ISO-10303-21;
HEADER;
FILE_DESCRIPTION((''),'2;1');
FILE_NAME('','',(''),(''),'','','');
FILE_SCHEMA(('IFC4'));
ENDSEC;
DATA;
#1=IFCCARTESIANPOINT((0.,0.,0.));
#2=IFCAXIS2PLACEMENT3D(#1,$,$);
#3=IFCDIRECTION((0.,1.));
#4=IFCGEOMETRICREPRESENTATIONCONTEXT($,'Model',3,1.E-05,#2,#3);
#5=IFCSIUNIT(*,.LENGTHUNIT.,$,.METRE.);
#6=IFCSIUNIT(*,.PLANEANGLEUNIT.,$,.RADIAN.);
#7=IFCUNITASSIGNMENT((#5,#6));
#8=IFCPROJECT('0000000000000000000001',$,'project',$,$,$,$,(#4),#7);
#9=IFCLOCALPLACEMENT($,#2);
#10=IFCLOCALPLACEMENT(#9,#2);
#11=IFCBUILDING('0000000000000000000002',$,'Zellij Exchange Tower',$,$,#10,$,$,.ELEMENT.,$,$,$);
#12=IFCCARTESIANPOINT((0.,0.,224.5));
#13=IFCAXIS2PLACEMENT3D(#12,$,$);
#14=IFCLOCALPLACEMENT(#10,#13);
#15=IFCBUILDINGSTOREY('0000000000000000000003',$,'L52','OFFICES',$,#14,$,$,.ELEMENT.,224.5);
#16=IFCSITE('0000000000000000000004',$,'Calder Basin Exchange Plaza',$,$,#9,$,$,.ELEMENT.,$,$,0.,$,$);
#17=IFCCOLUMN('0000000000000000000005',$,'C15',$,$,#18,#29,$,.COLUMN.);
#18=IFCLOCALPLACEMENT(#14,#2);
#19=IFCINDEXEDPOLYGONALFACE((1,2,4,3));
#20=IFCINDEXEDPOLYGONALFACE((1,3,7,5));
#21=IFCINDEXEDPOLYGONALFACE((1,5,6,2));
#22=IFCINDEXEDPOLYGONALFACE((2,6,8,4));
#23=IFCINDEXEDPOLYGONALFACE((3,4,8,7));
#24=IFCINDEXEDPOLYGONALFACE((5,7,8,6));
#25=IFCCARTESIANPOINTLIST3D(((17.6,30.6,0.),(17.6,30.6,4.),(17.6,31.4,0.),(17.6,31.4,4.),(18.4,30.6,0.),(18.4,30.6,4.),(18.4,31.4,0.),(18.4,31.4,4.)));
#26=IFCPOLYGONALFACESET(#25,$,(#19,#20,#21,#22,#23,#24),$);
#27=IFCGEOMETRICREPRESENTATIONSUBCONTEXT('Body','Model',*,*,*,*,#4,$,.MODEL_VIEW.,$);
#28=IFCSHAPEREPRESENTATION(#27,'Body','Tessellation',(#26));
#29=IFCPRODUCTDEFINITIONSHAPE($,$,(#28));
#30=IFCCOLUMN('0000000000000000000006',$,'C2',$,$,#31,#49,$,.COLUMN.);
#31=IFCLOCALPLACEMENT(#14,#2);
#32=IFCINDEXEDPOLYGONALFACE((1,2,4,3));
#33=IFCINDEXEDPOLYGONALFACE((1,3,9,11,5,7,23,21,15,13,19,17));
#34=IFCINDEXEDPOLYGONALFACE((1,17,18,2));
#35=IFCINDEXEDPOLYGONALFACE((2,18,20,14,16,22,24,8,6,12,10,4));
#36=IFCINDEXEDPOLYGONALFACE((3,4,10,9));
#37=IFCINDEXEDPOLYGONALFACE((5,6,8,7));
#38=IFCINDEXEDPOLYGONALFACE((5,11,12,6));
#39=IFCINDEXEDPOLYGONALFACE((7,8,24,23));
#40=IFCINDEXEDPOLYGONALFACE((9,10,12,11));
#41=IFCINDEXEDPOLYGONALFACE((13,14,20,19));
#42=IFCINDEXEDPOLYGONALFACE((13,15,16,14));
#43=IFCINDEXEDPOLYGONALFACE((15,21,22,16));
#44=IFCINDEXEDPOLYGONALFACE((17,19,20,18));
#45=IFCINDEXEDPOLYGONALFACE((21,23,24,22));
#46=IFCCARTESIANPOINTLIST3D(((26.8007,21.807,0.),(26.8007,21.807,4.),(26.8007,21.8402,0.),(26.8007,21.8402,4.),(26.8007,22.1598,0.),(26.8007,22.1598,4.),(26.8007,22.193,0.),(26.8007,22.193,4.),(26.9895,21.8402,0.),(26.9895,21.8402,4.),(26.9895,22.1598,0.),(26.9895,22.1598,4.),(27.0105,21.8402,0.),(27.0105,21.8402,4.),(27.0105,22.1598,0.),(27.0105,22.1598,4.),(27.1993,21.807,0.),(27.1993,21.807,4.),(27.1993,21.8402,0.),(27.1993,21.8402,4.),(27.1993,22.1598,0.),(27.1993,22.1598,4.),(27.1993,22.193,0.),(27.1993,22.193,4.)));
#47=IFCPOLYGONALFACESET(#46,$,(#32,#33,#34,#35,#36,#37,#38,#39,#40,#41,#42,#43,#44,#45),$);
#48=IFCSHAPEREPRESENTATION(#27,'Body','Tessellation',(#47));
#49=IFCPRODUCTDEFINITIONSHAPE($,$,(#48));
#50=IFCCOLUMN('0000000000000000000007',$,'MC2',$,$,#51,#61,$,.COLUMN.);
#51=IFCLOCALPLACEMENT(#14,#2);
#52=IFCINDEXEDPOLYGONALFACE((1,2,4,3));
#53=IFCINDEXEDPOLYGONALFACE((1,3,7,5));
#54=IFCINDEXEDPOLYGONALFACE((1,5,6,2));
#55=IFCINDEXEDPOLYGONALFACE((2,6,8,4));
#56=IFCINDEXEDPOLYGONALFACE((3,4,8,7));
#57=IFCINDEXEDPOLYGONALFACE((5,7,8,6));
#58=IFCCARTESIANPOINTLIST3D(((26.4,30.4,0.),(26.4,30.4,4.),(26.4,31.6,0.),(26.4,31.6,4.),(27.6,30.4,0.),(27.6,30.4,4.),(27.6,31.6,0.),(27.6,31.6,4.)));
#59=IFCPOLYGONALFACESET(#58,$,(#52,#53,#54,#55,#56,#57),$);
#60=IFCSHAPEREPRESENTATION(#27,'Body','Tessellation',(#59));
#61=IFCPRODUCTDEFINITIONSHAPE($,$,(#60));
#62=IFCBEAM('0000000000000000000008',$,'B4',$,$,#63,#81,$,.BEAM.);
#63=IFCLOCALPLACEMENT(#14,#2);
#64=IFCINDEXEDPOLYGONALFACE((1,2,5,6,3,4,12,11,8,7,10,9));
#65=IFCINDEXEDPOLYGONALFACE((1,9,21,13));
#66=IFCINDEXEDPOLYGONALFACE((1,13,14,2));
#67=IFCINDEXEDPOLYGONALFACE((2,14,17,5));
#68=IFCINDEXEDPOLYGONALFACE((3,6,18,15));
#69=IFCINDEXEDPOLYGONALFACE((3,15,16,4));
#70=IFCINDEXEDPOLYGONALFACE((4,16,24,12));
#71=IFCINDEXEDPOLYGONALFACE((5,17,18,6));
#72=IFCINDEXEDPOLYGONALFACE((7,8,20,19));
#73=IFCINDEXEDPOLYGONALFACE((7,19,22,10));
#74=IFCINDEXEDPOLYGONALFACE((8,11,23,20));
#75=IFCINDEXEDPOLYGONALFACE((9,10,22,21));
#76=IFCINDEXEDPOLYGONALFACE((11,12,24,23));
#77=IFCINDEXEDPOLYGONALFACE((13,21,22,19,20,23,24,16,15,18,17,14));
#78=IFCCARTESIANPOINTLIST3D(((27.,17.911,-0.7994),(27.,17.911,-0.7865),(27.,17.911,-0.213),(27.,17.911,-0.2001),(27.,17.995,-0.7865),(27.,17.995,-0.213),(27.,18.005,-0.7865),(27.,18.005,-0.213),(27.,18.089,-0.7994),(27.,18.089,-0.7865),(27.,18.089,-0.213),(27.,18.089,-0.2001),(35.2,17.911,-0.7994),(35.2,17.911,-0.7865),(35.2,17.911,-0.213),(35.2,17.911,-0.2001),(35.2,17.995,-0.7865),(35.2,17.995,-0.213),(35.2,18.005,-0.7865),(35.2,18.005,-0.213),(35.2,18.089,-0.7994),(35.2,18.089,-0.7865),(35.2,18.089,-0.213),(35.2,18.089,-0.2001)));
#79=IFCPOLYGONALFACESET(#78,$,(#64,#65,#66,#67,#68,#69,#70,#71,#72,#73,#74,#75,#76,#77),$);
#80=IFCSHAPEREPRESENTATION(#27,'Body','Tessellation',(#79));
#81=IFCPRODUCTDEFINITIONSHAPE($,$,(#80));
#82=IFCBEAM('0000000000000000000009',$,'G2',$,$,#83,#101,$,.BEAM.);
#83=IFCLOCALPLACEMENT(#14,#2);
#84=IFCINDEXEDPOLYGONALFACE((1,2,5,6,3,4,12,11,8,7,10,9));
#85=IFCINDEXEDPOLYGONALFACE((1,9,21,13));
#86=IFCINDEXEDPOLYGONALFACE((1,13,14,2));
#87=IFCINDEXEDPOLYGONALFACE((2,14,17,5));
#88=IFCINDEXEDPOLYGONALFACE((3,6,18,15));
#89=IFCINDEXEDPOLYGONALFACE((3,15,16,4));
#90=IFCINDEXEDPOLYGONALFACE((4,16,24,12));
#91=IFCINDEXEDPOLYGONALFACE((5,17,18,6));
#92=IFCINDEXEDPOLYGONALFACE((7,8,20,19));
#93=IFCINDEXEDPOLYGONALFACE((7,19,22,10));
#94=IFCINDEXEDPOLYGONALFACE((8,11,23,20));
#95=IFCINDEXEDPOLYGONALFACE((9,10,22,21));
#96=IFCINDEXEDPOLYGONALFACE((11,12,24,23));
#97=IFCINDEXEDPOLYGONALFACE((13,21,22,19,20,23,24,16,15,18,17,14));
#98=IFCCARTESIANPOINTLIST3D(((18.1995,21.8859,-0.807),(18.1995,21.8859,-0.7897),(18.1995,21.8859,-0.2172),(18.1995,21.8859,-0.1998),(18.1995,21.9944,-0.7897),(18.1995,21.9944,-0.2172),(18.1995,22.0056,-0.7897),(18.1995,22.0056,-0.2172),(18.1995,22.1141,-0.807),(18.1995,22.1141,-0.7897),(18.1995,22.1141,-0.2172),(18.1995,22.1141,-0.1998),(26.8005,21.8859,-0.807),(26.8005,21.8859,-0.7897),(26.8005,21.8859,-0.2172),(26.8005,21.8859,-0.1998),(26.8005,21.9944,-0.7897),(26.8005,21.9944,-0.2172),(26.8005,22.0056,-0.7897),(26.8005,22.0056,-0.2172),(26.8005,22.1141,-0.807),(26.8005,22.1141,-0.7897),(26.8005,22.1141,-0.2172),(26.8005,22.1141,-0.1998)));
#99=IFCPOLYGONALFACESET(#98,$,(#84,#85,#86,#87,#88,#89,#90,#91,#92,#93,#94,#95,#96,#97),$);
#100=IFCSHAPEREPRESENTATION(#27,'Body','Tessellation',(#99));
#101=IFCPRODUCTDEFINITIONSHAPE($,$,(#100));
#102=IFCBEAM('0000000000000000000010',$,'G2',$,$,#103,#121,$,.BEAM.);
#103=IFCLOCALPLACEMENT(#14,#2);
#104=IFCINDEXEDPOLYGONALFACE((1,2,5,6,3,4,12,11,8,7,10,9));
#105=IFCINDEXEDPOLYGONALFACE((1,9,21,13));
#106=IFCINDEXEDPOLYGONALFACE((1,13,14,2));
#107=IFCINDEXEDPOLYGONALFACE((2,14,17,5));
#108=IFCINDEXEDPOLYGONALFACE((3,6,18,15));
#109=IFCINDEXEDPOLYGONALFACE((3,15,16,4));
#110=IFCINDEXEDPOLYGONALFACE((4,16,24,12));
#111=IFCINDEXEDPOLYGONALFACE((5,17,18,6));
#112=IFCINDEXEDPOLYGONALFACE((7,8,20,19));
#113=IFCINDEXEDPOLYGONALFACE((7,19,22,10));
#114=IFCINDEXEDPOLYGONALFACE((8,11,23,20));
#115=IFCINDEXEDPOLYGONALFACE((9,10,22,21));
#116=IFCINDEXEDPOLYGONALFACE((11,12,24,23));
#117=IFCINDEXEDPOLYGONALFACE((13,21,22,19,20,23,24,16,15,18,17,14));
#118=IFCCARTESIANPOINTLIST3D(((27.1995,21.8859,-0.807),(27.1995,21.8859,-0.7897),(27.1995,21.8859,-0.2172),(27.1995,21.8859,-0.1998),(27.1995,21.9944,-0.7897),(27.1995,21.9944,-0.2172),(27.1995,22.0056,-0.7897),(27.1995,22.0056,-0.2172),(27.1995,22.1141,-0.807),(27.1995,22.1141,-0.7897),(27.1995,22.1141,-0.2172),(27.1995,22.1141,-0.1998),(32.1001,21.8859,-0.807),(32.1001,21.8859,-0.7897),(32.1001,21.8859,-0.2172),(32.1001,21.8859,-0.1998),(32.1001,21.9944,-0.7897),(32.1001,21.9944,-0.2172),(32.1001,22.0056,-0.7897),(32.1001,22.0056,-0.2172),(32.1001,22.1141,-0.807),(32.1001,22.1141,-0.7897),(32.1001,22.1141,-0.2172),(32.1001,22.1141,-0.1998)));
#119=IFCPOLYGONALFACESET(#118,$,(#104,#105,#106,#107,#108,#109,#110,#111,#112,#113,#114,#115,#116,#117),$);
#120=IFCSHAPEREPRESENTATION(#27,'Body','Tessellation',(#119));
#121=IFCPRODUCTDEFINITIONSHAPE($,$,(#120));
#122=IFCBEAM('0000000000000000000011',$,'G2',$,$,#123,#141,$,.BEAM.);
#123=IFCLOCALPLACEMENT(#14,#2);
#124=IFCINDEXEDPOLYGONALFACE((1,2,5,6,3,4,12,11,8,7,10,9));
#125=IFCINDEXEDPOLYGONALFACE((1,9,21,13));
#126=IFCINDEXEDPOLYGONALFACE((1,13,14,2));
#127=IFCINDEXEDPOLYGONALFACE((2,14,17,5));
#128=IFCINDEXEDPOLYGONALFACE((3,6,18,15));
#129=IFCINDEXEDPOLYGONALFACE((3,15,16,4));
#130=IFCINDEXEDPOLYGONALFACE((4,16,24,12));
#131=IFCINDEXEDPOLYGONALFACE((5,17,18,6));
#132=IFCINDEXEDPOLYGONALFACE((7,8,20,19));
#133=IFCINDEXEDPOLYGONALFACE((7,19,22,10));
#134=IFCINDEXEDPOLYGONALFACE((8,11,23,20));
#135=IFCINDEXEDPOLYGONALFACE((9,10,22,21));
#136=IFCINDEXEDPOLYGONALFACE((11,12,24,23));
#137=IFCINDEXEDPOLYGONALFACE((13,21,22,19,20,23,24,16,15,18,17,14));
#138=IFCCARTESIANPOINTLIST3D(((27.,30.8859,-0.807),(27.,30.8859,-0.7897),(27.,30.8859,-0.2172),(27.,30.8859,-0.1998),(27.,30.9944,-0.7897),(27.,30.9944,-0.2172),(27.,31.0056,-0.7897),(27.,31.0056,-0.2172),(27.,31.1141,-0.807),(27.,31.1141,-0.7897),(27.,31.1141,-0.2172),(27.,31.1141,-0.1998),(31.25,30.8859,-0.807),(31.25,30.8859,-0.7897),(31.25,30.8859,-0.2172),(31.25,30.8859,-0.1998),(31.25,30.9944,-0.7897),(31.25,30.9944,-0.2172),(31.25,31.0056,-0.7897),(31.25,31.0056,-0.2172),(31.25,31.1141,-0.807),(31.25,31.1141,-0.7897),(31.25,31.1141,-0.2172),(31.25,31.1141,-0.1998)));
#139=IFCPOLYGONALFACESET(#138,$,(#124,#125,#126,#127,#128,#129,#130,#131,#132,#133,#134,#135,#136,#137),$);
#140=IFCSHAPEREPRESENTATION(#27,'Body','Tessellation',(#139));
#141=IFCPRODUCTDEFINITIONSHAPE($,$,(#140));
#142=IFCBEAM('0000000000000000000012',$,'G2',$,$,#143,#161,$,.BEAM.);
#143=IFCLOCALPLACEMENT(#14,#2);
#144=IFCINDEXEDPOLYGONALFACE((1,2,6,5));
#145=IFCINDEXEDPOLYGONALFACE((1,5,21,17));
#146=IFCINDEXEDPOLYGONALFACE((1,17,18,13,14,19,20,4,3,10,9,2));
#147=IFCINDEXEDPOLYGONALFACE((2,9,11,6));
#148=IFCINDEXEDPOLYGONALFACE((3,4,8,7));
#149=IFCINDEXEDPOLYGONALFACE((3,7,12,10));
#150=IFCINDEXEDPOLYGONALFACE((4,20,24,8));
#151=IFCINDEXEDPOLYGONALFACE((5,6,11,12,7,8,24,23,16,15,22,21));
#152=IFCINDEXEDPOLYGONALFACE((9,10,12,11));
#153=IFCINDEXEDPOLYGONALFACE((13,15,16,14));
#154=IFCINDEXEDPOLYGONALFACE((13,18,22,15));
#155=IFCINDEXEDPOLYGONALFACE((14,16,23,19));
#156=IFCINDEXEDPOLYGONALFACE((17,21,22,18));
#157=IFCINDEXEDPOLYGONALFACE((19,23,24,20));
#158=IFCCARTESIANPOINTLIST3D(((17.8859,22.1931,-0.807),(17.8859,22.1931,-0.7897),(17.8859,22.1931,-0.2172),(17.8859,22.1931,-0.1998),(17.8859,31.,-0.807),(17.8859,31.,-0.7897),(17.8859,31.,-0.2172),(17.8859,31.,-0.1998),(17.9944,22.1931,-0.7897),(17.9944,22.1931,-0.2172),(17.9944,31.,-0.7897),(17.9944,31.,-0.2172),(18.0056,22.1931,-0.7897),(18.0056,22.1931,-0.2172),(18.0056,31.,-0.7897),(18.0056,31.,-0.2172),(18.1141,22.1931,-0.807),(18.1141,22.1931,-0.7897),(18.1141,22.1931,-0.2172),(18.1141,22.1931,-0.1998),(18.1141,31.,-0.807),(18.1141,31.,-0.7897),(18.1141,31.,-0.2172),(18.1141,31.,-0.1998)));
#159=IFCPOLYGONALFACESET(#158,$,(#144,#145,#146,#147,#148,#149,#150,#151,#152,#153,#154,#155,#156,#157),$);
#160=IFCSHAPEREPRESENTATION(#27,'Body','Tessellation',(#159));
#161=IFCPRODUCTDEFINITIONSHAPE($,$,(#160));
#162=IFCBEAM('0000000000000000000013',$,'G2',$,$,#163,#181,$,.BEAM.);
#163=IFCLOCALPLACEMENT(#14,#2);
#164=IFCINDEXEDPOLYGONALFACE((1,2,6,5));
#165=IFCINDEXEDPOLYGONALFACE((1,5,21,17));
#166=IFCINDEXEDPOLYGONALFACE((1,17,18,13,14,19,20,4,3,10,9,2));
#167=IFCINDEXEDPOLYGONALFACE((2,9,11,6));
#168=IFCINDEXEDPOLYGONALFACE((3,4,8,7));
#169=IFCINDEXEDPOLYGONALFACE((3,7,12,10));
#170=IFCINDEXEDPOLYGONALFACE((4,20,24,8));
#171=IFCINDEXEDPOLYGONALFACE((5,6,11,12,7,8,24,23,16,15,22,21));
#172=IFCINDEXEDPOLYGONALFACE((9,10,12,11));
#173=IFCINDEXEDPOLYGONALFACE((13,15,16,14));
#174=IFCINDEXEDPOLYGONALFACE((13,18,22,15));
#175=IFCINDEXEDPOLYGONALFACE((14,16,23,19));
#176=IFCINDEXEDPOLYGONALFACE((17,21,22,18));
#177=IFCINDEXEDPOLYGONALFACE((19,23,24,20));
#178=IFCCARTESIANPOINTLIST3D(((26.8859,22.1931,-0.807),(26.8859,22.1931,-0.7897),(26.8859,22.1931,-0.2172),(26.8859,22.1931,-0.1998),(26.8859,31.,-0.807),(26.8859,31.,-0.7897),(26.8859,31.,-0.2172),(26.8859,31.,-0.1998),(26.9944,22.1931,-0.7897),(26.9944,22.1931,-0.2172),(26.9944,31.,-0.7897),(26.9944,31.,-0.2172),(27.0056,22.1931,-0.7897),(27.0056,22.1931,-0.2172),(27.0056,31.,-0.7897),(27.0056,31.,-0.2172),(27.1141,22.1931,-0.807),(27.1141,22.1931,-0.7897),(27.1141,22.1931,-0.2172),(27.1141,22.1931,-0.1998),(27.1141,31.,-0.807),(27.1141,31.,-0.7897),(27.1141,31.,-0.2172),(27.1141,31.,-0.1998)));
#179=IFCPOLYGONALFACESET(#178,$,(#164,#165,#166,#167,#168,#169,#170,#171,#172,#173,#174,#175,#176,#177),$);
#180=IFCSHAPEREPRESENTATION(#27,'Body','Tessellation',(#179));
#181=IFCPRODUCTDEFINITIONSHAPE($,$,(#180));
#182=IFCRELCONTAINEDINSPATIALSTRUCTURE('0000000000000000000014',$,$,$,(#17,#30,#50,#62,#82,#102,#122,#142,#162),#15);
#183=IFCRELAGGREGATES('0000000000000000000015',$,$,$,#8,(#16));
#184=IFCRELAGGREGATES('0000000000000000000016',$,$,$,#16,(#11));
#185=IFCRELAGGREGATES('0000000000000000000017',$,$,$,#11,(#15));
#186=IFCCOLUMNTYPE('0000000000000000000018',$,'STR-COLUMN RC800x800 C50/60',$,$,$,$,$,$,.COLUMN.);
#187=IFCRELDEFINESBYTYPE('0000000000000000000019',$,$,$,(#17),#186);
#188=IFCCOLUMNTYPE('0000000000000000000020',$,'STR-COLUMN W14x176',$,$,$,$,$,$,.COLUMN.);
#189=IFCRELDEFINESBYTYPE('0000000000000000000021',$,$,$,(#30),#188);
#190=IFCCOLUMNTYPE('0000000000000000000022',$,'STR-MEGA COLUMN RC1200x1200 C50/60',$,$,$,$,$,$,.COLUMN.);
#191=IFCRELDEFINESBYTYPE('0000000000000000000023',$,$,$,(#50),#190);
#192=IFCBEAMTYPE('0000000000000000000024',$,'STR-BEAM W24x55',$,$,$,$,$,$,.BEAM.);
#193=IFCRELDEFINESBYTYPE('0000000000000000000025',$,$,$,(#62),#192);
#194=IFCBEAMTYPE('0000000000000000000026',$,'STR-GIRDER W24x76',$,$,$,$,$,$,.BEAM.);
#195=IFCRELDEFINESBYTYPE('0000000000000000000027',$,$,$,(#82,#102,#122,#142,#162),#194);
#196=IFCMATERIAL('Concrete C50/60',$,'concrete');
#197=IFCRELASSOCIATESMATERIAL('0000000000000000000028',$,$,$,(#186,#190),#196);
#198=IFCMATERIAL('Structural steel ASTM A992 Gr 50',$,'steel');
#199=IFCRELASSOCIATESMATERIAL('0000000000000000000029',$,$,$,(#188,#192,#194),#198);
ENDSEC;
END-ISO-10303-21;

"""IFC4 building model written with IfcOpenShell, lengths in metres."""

from ifc_helpers import new_model, si_unit, direction, frame, origin, origin_2d, place, context, subcontext, project, spatial, rectangle, i_section, extrude, material, material_profile, profile_set, type_object, element, save


model = new_model("IFC4")

# Units and contexts
model_context = context("Model", 3, precision=1e-05, world=origin(), true_north=direction((0.0, 1.0)))
body_context = subcontext(model_context, "Body", "Model", "MODEL_VIEW")
ifc_project = project(units=[si_unit("LENGTHUNIT", "METRE"), si_unit("PLANEANGLEUNIT", "RADIAN")], contexts=[model_context])

# Site, building, storey
site_placement = place(None, origin())
site = spatial("IfcSite", under=ifc_project, at=site_placement, Name="Calder Basin Exchange Plaza", CompositionType="ELEMENT", RefElevation=0.0)
building_placement = place(site_placement, origin())
building = spatial("IfcBuilding", under=site, at=building_placement, Name="Zellij Exchange Tower", CompositionType="ELEMENT")
storey_placement = place(building_placement, frame((0.0, 0.0, 224.5)))
storey = spatial("IfcBuildingStorey", under=building, at=storey_placement, Name="L52", Description="OFFICES", CompositionType="ELEMENT", Elevation=224.5)

# Columns
ifc_material_1 = material(Name="Concrete C50/60", Category="concrete")
ifc_material_profile_1 = material_profile(ifc_material_1, rectangle(XDim=0.8, YDim=0.8, at=origin_2d()), Name="STR-COLUMN RC800x800 C50/60")
ifc_profile_set_1 = profile_set([ifc_material_profile_1], Name="Concrete C50/60")
column_type_1 = type_object("IfcColumnType", Name="STR-COLUMN RC800x800 C50/60", PredefinedType="COLUMN", material=ifc_profile_set_1)
column_1_placement = place(storey_placement, frame((18.0, 31.0, 0.0), z_axis=(0.0, 0.0, 1.0), x_axis=(1.0, 0.0, 0.0)))
element("IfcColumn", 1, at=column_1_placement, inside=storey, type_object=column_type_1, Name="C15", PredefinedType="COLUMN", context=body_context, shape_type="SweptSolid", body=[
    extrude(rectangle(XDim=0.8, YDim=0.8, at=origin_2d()), origin(), (0.0, 0.0, 1.0), 4.0),
])
ifc_material_2 = material(Name="Structural steel ASTM A992 Gr 50", Category="steel")
ifc_material_profile_2 = material_profile(ifc_material_2, i_section(OverallWidth=0.3987, OverallDepth=0.386, WebThickness=0.021, FlangeThickness=0.0332, at=origin_2d()), Name="W14x176")
ifc_profile_set_2 = profile_set([ifc_material_profile_2], Name="Structural steel ASTM A992 Gr 50")
column_type_2 = type_object("IfcColumnType", Name="STR-COLUMN W14x176", PredefinedType="COLUMN", material=ifc_profile_set_2)
column_2_placement = place(storey_placement, frame((27.0, 22.0, 0.0), z_axis=(0.0, 0.0, 1.0), x_axis=(1.0, 0.0, 0.0)))
element("IfcColumn", 2, at=column_2_placement, inside=storey, type_object=column_type_2, Name="C2", PredefinedType="COLUMN", context=body_context, shape_type="SweptSolid", body=[
    extrude(i_section(OverallWidth=0.3987, OverallDepth=0.386, WebThickness=0.021, FlangeThickness=0.0332, at=origin_2d()), origin(), (0.0, 0.0, 1.0), 4.0),
])
ifc_material_profile_3 = material_profile(ifc_material_1, rectangle(XDim=1.2, YDim=1.2, at=origin_2d()), Name="STR-MEGA COLUMN RC1200x1200 C50/60")
ifc_profile_set_3 = profile_set([ifc_material_profile_3], Name="Concrete C50/60")
column_type_3 = type_object("IfcColumnType", Name="STR-MEGA COLUMN RC1200x1200 C50/60", PredefinedType="COLUMN", material=ifc_profile_set_3)
column_3_placement = place(storey_placement, frame((27.0, 31.0, 0.0), z_axis=(0.0, 0.0, 1.0), x_axis=(1.0, 0.0, 0.0)))
element("IfcColumn", 3, at=column_3_placement, inside=storey, type_object=column_type_3, Name="MC2", PredefinedType="COLUMN", context=body_context, shape_type="SweptSolid", body=[
    extrude(rectangle(XDim=1.2, YDim=1.2, at=origin_2d()), origin(), (0.0, 0.0, 1.0), 4.0),
])

# Beams
ifc_material_profile_4 = material_profile(ifc_material_2, i_section(OverallWidth=0.178, OverallDepth=0.5994, WebThickness=0.01, FlangeThickness=0.0129, at=origin_2d()), Name="W24x55")
ifc_profile_set_4 = profile_set([ifc_material_profile_4], Name="Structural steel ASTM A992 Gr 50")
beam_type_1 = type_object("IfcBeamType", Name="STR-BEAM W24x55", PredefinedType="BEAM", material=ifc_profile_set_4)
beam_1_placement = place(storey_placement, frame((27.0, 18.0, -0.4998), z_axis=(1.0, 0.0, 0.0), x_axis=(0.0, 1.0, 0.0)))
element("IfcBeam", 4, at=beam_1_placement, inside=storey, type_object=beam_type_1, Name="B4", PredefinedType="BEAM", context=body_context, shape_type="SweptSolid", body=[
    extrude(i_section(OverallWidth=0.178, OverallDepth=0.5994, WebThickness=0.01, FlangeThickness=0.0129, at=origin_2d()), origin(), (0.0, 0.0, 1.0), 8.2),
])
ifc_material_profile_5 = material_profile(ifc_material_2, i_section(OverallWidth=0.2283, OverallDepth=0.6072, WebThickness=0.0112, FlangeThickness=0.0173, at=origin_2d()), Name="W24x76")
ifc_profile_set_5 = profile_set([ifc_material_profile_5], Name="Structural steel ASTM A992 Gr 50")
beam_type_2 = type_object("IfcBeamType", Name="STR-GIRDER W24x76", PredefinedType="BEAM", material=ifc_profile_set_5)
beam_2_placement = place(storey_placement, frame((18.1995, 22.0, -0.5034), z_axis=(1.0, 0.0, 0.0), x_axis=(0.0, 1.0, 0.0)))
element("IfcBeam", 5, at=beam_2_placement, inside=storey, type_object=beam_type_2, Name="G2", PredefinedType="BEAM", context=body_context, shape_type="SweptSolid", body=[
    extrude(i_section(OverallWidth=0.2283, OverallDepth=0.6072, WebThickness=0.0112, FlangeThickness=0.0173, at=origin_2d()), origin(), (0.0, 0.0, 1.0), 8.6011),
])
beam_3_placement = place(storey_placement, frame((27.1995, 22.0, -0.5034), z_axis=(1.0, 0.0, 0.0), x_axis=(0.0, 1.0, 0.0)))
element("IfcBeam", 6, at=beam_3_placement, inside=storey, type_object=beam_type_2, Name="G2", PredefinedType="BEAM", context=body_context, shape_type="SweptSolid", body=[
    extrude(i_section(OverallWidth=0.2283, OverallDepth=0.6072, WebThickness=0.0112, FlangeThickness=0.0173, at=origin_2d()), origin(), (0.0, 0.0, 1.0), 4.9006),
])
beam_4_placement = place(storey_placement, frame((27.0, 31.0, -0.5034), z_axis=(1.0, 0.0, 0.0), x_axis=(0.0, 1.0, 0.0)))
element("IfcBeam", 7, at=beam_4_placement, inside=storey, type_object=beam_type_2, Name="G2", PredefinedType="BEAM", context=body_context, shape_type="SweptSolid", body=[
    extrude(i_section(OverallWidth=0.2283, OverallDepth=0.6072, WebThickness=0.0112, FlangeThickness=0.0173, at=origin_2d()), origin(), (0.0, 0.0, 1.0), 4.25),
])
for number, where, z_axis, x_axis, name in (
    (8, (18.0, 22.1931, -0.5034), (0.0, 1.0, 0.0), (-1.0, 0.0, 0.0), "G2"),
    (9, (27.0, 22.1931, -0.5034), (0.0, 1.0, 0.0), (-1.0, 0.0, 0.0), "G2"),
):
    element("IfcBeam", number, at=place(storey_placement, frame(where, z_axis=z_axis, x_axis=x_axis)), inside=storey, type_object=beam_type_2, Name=name, PredefinedType="BEAM", context=body_context, shape_type="SweptSolid", body=[
        extrude(i_section(OverallWidth=0.2283, OverallDepth=0.6072, WebThickness=0.0112, FlangeThickness=0.0173, at=origin_2d()), origin(), (0.0, 0.0, 1.0), 8.8069),
    ])

save(model, "model.ifc")
